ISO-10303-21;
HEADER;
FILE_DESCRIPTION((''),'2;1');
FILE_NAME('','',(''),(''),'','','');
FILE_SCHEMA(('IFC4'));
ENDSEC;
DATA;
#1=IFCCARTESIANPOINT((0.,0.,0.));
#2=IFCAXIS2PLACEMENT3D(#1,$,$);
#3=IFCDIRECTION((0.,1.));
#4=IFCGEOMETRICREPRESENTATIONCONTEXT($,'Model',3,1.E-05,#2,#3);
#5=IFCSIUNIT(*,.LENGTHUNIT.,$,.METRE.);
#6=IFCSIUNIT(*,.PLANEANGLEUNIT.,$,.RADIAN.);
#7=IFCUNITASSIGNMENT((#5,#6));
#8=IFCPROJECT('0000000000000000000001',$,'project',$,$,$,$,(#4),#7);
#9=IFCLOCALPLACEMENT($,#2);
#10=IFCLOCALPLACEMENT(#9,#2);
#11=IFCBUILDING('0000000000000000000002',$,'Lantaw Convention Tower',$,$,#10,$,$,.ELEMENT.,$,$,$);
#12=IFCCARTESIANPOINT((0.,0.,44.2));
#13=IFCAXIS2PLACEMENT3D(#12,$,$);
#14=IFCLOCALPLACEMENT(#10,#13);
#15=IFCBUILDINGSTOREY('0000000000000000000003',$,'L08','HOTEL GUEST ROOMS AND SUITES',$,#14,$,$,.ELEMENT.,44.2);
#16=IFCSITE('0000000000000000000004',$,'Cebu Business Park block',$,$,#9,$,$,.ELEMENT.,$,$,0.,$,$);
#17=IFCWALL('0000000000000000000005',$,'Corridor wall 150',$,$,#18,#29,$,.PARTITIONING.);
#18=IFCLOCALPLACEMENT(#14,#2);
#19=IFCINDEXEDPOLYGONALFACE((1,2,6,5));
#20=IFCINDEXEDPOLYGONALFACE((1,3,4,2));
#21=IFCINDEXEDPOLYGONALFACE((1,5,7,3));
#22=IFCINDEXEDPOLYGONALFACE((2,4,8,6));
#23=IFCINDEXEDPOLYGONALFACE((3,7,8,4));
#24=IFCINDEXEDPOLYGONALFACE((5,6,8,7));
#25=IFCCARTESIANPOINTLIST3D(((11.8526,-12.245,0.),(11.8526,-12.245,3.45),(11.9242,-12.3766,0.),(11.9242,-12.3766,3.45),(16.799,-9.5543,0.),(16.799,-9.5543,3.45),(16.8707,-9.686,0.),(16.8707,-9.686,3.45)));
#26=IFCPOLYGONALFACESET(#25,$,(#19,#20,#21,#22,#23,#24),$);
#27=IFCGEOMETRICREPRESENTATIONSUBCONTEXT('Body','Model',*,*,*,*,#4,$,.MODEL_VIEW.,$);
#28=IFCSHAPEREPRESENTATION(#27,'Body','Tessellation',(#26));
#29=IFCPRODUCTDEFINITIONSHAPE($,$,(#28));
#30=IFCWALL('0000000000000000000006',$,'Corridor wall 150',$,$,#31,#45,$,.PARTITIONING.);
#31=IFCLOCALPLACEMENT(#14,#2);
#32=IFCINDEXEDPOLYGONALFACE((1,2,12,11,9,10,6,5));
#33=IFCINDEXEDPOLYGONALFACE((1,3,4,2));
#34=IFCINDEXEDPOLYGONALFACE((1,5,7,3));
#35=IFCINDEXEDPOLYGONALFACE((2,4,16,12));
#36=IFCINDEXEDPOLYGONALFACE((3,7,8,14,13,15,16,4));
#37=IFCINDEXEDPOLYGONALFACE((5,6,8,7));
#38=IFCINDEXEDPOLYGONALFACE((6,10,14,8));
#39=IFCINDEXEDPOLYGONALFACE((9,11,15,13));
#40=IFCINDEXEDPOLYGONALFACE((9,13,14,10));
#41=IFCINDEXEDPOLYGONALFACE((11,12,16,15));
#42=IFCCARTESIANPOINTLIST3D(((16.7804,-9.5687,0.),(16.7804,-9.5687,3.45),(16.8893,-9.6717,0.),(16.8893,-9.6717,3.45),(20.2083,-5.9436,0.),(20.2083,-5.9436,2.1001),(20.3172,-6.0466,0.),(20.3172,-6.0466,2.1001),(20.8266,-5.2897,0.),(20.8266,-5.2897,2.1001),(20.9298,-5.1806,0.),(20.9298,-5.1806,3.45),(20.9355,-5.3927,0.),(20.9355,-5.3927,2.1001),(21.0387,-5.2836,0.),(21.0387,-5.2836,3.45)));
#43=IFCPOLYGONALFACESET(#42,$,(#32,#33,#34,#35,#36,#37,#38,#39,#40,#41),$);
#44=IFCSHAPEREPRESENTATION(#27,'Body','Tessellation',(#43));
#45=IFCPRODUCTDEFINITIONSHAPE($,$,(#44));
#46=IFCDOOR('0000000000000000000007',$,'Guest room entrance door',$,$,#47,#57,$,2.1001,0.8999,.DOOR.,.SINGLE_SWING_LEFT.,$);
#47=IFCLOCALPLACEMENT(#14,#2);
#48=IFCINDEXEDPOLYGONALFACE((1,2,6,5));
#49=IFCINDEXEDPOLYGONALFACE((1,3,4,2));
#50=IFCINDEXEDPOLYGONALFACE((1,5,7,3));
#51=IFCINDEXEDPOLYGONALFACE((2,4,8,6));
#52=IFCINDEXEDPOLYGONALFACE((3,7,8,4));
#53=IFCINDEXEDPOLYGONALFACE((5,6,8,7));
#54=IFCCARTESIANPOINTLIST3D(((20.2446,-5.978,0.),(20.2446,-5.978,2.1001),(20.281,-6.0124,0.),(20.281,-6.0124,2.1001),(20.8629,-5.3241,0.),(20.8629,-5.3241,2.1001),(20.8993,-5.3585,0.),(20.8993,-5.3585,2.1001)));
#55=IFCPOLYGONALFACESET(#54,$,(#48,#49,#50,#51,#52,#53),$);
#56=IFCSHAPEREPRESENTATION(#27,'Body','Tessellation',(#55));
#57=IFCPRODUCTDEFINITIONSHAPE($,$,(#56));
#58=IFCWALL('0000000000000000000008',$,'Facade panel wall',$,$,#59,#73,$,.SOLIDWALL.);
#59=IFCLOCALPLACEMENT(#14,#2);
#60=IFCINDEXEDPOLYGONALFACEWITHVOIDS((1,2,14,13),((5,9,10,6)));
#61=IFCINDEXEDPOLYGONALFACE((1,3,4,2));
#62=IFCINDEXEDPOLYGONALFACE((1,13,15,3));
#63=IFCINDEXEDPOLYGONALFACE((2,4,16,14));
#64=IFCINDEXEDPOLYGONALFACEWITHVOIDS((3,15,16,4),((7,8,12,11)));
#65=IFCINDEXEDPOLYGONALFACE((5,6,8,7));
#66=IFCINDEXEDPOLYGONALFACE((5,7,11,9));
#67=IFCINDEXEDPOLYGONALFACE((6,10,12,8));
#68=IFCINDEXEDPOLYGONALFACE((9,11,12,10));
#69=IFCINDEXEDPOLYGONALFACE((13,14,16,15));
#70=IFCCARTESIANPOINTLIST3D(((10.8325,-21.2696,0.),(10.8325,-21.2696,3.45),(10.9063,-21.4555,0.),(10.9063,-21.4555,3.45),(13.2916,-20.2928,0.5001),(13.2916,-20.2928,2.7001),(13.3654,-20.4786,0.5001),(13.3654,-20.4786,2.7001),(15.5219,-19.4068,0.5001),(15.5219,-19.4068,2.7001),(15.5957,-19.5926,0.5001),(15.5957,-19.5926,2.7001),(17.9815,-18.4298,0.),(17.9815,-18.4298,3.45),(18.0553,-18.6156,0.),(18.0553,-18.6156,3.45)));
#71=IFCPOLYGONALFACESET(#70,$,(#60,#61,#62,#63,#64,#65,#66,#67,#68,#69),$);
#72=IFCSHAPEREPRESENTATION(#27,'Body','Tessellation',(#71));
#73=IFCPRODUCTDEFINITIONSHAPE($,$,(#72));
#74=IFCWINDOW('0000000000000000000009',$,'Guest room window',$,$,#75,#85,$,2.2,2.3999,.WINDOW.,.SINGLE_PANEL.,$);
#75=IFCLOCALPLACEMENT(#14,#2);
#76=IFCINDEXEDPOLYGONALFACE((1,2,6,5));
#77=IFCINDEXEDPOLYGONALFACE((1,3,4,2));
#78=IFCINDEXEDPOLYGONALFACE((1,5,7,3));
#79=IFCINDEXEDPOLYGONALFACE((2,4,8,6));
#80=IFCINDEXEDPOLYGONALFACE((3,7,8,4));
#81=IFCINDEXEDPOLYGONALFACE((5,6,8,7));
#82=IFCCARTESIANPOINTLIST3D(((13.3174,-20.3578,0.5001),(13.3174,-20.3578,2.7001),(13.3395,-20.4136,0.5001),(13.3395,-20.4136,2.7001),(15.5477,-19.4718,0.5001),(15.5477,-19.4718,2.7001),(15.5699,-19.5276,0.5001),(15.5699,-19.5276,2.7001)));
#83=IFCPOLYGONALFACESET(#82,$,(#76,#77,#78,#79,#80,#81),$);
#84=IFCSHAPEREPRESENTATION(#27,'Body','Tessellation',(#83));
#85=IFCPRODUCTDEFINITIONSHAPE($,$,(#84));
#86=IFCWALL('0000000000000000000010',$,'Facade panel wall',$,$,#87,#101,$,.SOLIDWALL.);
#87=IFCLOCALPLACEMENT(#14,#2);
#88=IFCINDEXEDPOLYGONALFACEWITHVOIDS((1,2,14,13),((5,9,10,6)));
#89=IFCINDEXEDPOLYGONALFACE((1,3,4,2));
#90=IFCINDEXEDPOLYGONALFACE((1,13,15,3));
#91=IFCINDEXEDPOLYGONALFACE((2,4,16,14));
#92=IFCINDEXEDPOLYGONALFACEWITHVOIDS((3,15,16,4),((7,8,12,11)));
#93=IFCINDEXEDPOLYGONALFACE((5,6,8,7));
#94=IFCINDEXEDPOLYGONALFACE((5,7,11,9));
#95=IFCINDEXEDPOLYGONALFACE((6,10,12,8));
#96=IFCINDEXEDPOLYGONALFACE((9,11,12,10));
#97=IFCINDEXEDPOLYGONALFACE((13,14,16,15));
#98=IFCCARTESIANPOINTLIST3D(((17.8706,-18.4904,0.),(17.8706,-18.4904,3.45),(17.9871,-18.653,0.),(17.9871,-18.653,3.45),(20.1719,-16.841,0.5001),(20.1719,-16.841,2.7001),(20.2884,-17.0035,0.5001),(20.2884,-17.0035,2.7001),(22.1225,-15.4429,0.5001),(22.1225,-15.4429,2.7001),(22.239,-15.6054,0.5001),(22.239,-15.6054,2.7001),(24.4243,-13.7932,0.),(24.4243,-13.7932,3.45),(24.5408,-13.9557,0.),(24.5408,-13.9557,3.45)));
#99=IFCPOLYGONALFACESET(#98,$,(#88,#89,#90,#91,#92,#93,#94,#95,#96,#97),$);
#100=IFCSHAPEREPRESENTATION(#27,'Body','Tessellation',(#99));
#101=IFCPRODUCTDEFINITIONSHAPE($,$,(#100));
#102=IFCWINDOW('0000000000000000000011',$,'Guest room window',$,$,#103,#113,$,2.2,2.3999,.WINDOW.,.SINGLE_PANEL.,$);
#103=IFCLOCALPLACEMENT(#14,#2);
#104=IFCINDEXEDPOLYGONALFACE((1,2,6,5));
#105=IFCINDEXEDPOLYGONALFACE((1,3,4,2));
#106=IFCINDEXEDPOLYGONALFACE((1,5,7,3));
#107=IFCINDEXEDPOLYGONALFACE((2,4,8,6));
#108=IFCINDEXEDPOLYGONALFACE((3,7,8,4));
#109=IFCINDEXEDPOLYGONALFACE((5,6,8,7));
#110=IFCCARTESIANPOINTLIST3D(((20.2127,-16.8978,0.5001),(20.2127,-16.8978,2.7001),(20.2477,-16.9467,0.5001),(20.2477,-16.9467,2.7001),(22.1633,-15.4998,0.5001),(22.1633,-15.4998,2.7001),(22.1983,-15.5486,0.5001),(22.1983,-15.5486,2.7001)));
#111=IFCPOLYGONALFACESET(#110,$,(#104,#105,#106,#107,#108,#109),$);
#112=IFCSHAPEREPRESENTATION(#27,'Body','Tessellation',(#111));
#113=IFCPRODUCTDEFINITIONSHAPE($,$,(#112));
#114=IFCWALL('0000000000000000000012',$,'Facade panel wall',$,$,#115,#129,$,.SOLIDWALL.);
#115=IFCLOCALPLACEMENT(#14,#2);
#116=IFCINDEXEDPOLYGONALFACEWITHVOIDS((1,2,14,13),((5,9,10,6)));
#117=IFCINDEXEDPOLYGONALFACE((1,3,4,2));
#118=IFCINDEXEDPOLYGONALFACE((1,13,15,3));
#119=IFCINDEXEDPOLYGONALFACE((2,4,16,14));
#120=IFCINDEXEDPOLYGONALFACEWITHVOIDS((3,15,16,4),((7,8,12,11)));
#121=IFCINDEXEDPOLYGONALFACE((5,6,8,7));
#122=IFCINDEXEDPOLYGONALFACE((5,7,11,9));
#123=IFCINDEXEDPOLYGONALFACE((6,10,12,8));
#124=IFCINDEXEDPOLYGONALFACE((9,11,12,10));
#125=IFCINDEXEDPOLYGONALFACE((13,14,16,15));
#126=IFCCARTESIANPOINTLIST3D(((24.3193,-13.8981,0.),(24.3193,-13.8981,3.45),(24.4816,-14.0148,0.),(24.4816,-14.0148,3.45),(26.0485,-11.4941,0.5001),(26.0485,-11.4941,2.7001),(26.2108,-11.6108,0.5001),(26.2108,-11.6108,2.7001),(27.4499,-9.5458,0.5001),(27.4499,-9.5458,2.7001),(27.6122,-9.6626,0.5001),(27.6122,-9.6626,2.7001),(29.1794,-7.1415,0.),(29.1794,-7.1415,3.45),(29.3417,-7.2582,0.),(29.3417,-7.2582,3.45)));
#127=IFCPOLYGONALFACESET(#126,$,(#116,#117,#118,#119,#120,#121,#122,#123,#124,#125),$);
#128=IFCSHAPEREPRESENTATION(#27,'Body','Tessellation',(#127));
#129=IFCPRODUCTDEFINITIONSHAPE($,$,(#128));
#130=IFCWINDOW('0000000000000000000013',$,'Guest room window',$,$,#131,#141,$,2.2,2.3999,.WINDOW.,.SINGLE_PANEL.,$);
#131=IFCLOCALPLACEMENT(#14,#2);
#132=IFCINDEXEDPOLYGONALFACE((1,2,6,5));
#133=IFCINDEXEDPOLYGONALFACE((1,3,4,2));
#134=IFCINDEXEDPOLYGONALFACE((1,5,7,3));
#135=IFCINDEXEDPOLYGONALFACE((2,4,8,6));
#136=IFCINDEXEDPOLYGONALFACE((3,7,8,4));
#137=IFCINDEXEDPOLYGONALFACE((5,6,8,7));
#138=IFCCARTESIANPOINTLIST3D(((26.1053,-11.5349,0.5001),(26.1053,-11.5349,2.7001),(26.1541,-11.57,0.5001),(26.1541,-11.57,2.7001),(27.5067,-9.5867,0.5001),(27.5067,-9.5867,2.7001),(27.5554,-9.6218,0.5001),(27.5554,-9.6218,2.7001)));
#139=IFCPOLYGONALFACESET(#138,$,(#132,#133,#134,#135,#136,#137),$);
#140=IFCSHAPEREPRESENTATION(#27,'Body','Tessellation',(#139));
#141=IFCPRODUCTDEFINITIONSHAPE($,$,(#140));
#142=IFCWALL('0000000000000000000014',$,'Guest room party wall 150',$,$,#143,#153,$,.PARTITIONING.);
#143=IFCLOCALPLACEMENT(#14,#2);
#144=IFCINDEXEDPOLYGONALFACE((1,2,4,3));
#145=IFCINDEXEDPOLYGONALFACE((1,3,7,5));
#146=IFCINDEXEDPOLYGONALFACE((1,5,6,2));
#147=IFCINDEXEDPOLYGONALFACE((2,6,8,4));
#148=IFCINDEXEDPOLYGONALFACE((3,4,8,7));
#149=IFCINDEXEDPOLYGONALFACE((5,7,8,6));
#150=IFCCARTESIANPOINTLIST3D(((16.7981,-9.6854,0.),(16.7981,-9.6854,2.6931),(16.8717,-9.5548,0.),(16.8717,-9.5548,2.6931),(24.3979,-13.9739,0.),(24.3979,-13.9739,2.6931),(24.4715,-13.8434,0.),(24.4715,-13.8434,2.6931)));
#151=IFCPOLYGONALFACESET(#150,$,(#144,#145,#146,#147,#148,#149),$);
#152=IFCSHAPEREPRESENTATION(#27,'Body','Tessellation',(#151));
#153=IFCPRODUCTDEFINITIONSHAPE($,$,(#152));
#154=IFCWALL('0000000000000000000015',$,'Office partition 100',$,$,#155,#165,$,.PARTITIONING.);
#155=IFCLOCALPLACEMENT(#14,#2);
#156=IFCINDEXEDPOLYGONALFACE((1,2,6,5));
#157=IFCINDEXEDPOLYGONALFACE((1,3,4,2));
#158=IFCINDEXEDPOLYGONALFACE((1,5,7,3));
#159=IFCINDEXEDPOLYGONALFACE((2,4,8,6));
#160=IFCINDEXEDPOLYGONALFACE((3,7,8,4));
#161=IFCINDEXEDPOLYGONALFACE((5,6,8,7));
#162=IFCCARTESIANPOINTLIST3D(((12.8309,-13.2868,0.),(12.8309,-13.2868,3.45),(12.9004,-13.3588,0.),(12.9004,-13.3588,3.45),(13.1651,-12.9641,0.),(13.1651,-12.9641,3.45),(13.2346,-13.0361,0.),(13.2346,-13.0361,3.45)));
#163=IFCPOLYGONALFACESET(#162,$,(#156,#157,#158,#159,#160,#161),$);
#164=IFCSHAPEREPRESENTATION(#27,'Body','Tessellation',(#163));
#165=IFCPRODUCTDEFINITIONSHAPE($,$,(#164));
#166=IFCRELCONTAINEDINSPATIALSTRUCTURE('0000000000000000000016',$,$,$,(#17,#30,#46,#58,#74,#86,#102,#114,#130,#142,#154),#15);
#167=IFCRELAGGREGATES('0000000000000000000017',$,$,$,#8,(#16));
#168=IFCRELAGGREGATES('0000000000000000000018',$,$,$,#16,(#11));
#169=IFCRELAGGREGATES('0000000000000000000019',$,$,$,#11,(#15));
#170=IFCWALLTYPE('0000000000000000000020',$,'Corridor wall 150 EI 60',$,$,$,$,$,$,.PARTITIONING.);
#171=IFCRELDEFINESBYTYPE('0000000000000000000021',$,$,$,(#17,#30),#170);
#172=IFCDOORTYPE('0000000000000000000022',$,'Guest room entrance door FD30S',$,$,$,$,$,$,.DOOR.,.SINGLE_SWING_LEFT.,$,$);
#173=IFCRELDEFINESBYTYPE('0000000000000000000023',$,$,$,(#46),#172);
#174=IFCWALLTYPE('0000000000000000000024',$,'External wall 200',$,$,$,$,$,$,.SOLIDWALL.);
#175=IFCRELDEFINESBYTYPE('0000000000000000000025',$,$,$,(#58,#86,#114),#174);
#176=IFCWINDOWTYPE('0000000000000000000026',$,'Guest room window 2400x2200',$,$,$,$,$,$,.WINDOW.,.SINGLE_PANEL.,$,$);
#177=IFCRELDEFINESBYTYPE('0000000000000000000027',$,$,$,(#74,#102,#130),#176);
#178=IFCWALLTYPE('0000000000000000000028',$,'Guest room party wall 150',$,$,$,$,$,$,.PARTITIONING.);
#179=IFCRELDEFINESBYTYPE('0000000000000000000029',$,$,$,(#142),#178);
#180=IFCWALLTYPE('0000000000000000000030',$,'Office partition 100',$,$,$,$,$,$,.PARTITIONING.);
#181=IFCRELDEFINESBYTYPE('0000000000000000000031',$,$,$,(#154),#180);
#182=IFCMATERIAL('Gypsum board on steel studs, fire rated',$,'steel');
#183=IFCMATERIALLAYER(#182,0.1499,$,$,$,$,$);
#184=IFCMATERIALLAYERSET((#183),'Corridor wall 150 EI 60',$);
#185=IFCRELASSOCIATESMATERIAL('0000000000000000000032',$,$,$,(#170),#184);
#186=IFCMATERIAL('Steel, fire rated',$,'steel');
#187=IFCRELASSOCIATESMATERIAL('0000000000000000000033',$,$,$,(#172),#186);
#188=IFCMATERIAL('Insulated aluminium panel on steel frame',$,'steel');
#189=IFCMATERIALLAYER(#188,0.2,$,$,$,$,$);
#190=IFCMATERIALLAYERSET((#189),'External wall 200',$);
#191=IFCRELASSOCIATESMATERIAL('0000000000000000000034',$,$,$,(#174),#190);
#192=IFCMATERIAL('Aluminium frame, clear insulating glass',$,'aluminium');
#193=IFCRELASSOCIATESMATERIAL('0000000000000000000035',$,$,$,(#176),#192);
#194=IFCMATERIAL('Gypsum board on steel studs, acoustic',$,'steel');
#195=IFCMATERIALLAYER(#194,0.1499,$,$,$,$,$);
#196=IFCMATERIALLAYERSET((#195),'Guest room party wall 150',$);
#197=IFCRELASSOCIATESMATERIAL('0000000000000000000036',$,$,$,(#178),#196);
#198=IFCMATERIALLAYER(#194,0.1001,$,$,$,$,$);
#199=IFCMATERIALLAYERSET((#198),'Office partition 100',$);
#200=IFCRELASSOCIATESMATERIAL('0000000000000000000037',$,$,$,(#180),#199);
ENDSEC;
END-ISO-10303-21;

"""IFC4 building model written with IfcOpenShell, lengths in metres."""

from ifc_helpers import new_model, si_unit, direction, frame, frame_2d, origin, place, context, subcontext, project, spatial, rectangle, extrude, material, layer, layer_set, type_object, element, fill, save


model = new_model("IFC4")

# Units and contexts
model_context = context("Model", 3, precision=1e-05, world=origin(), true_north=direction((0.0, 1.0)))
body_context = subcontext(model_context, "Body", "Model", "MODEL_VIEW")
ifc_project = project(units=[si_unit("LENGTHUNIT", "METRE"), si_unit("PLANEANGLEUNIT", "RADIAN")], contexts=[model_context])

# Site, building, storey
site_placement = place(None, origin())
site = spatial("IfcSite", under=ifc_project, at=site_placement, Name="Cebu Business Park block", CompositionType="ELEMENT", RefElevation=0.0)
building_placement = place(site_placement, origin())
building = spatial("IfcBuilding", under=site, at=building_placement, Name="Lantaw Convention Tower", CompositionType="ELEMENT")
storey_placement = place(building_placement, frame((0.0, 0.0, 44.2)))
storey = spatial("IfcBuildingStorey", under=building, at=storey_placement, Name="L08", Description="HOTEL GUEST ROOMS AND SUITES", CompositionType="ELEMENT", Elevation=44.2)

# Shared definitions
ifc_material_1 = material(Name="Steel, fire rated", Category="steel")

# Wall
ifc_material_2 = material(Name="Gypsum board on steel studs, fire rated", Category="steel")
ifc_layer_1 = layer(ifc_material_2, 0.1499)
ifc_layer_set_1 = layer_set([ifc_layer_1], Name="Corridor wall 150 EI 60")
wall_type_1 = type_object("IfcWallType", Name="Corridor wall 150 EI 60", PredefinedType="PARTITIONING", material=ifc_layer_set_1)
wall_1_placement = place(storey_placement, frame((11.8884, -12.3108, 0.0), z_axis=(0.0, 0.0, 1.0), x_axis=(0.87845, 0.477834, 0.0)))
element("IfcWall", 1, at=wall_1_placement, inside=storey, type_object=wall_type_1, Name="Corridor wall 150", PredefinedType="PARTITIONING", context=body_context, shape_type="SweptSolid", body=[
    extrude(rectangle(XDim=5.6309, YDim=0.1499, at=frame_2d((2.8154, 0.0))), origin(), (0.0, 0.0, 1.0), 3.45),
])

# Wall, opening, door
wall_2_placement = place(storey_placement, frame((16.835, -9.6201, 0.0), z_axis=(0.0, 0.0, 1.0), x_axis=(0.687063, 0.726598, 0.0)))
wall_2 = element("IfcWall", 2, at=wall_2_placement, inside=storey, type_object=wall_type_1, Name="Corridor wall 150", PredefinedType="PARTITIONING", context=body_context, shape_type="SweptSolid", body=[
    extrude(rectangle(XDim=6.0393, YDim=0.1499, at=frame_2d((3.0195, 0.0))), origin(), (0.0, 0.0, 1.0), 3.45),
])
opening_1_placement = place(wall_2_placement, frame((4.989, 0.0, 0.0)))
opening_1 = element("IfcOpeningElement", 3, at=opening_1_placement, cuts=wall_2, PredefinedType="OPENING", context=body_context, shape_type="SweptSolid", body=[
    extrude(rectangle(XDim=0.8999, YDim=2.1001, at=frame_2d((0.45, 1.05))), frame((0.0, 0.085, 0.0), z_axis=(0.0, -1.0, 0.0), x_axis=(1.0, 0.0, 0.0)), (0.0, 0.0, 1.0), 0.1699),
])
door_type_1 = type_object("IfcDoorType", Name="Guest room entrance door FD30S", OperationType="SINGLE_SWING_LEFT", PredefinedType="DOOR", material=ifc_material_1)
door_1_placement = place(opening_1_placement, origin())
door_1 = element("IfcDoor", 4, at=door_1_placement, inside=storey, type_object=door_type_1, Name="Guest room entrance door", OperationType="SINGLE_SWING_LEFT", OverallHeight=2.1001, OverallWidth=0.8999, PredefinedType="DOOR", context=body_context, shape_type="SweptSolid", body=[
    extrude(rectangle(XDim=0.8999, YDim=2.1001, at=frame_2d((0.45, 1.05))), frame((0.0, 0.0249, 0.0), z_axis=(0.0, -1.0, 0.0), x_axis=(1.0, 0.0, 0.0)), (0.0, 0.0, 1.0), 0.05),
])
fill(opening_1, door_1)

# Walls, openings, windows
ifc_material_3 = material(Name="Insulated aluminium panel on steel frame", Category="steel")
ifc_layer_2 = layer(ifc_material_3, 0.2)
ifc_layer_set_2 = layer_set([ifc_layer_2], Name="External wall 200")
wall_type_2 = type_object("IfcWallType", Name="External wall 200", PredefinedType="SOLIDWALL", material=ifc_layer_set_2)
wall_3_placement = place(storey_placement, frame((10.8694, -21.3625, 0.0), z_axis=(0.0, 0.0, 1.0), x_axis=(0.929358, 0.369179, 0.0)))
wall_3 = element("IfcWall", 5, at=wall_3_placement, inside=storey, type_object=wall_type_2, Name="Facade panel wall", PredefinedType="SOLIDWALL", context=body_context, shape_type="SweptSolid", body=[
    extrude(rectangle(XDim=7.6924, YDim=0.2, at=frame_2d((3.8462, 0.0))), origin(), (0.0, 0.0, 1.0), 3.45),
])
opening_2_placement = place(wall_3_placement, frame((2.646, 0.0, 0.5)))
opening_2 = element("IfcOpeningElement", 6, at=opening_2_placement, cuts=wall_3, PredefinedType="OPENING", context=body_context, shape_type="SweptSolid", body=[
    extrude(rectangle(XDim=2.3999, YDim=2.2, at=frame_2d((1.2, 1.1001))), frame((0.0, 0.1099, 0.0), z_axis=(0.0, -1.0, 0.0), x_axis=(1.0, 0.0, 0.0)), (0.0, 0.0, 1.0), 0.22),
])
ifc_material_4 = material(Name="Aluminium frame, clear insulating glass", Category="aluminium")
window_type = type_object("IfcWindowType", Name="Guest room window 2400x2200", PartitioningType="SINGLE_PANEL", PredefinedType="WINDOW", material=ifc_material_4)
window_1_placement = place(opening_2_placement, origin())
window_1 = element("IfcWindow", 7, at=window_1_placement, inside=storey, type_object=window_type, Name="Guest room window", OverallHeight=2.2, OverallWidth=2.3999, PartitioningType="SINGLE_PANEL", PredefinedType="WINDOW", context=body_context, shape_type="SweptSolid", body=[
    extrude(rectangle(XDim=2.3999, YDim=2.2, at=frame_2d((1.2, 1.1001))), frame((0.0, 0.03, 0.0), z_axis=(0.0, -1.0, 0.0), x_axis=(1.0, 0.0, 0.0)), (0.0, 0.0, 1.0), 0.0601),
])
fill(opening_2, window_1)
wall_4_placement = place(storey_placement, frame((17.9287, -18.5718, 0.0), z_axis=(0.0, 0.0, 1.0), x_axis=(0.812791, 0.582555, 0.0)))
wall_4 = element("IfcWall", 8, at=wall_4_placement, inside=storey, type_object=wall_type_2, Name="Facade panel wall", PredefinedType="SOLIDWALL", context=body_context, shape_type="SweptSolid", body=[
    extrude(rectangle(XDim=8.0632, YDim=0.2, at=frame_2d((4.0317, 0.0))), origin(), (0.0, 0.0, 1.0), 3.45),
])
opening_3_placement = place(wall_4_placement, frame((2.8315, 0.0, 0.5)))
opening_3 = element("IfcOpeningElement", 9, at=opening_3_placement, cuts=wall_4, PredefinedType="OPENING", context=body_context, shape_type="SweptSolid", body=[
    extrude(rectangle(XDim=2.3999, YDim=2.2, at=frame_2d((1.2, 1.1001))), frame((0.0, 0.1099, 0.0), z_axis=(0.0, -1.0, 0.0), x_axis=(1.0, 0.0, 0.0)), (0.0, 0.0, 1.0), 0.22),
])
window_2_placement = place(opening_3_placement, origin())
window_2 = element("IfcWindow", 10, at=window_2_placement, inside=storey, type_object=window_type, Name="Guest room window", OverallHeight=2.2, OverallWidth=2.3999, PartitioningType="SINGLE_PANEL", PredefinedType="WINDOW", context=body_context, shape_type="SweptSolid", body=[
    extrude(rectangle(XDim=2.3999, YDim=2.2, at=frame_2d((1.2, 1.1001))), frame((0.0, 0.03, 0.0), z_axis=(0.0, -1.0, 0.0), x_axis=(1.0, 0.0, 0.0)), (0.0, 0.0, 1.0), 0.0601),
])
fill(opening_3, window_2)
wall_5_placement = place(storey_placement, frame((24.4004, -13.9565, 0.0), z_axis=(0.0, 0.0, 1.0), x_axis=(0.583938, 0.811799, 0.0)))
wall_5 = element("IfcWall", 11, at=wall_5_placement, inside=storey, type_object=wall_type_2, Name="Facade panel wall", PredefinedType="SOLIDWALL", context=body_context, shape_type="SweptSolid", body=[
    extrude(rectangle(XDim=8.323, YDim=0.2, at=frame_2d((4.1616, 0.0))), origin(), (0.0, 0.0, 1.0), 3.45),
])
opening_4_placement = place(wall_5_placement, frame((2.9614, 0.0, 0.5)))
opening_4 = element("IfcOpeningElement", 12, at=opening_4_placement, cuts=wall_5, PredefinedType="OPENING", context=body_context, shape_type="SweptSolid", body=[
    extrude(rectangle(XDim=2.3999, YDim=2.2, at=frame_2d((1.2, 1.1001))), frame((0.0, 0.1099, 0.0), z_axis=(0.0, -1.0, 0.0), x_axis=(1.0, 0.0, 0.0)), (0.0, 0.0, 1.0), 0.22),
])
window_3_placement = place(opening_4_placement, origin())
window_3 = element("IfcWindow", 13, at=window_3_placement, inside=storey, type_object=window_type, Name="Guest room window", OverallHeight=2.2, OverallWidth=2.3999, PartitioningType="SINGLE_PANEL", PredefinedType="WINDOW", context=body_context, shape_type="SweptSolid", body=[
    extrude(rectangle(XDim=2.3999, YDim=2.2, at=frame_2d((1.2, 1.1001))), frame((0.0, 0.03, 0.0), z_axis=(0.0, -1.0, 0.0), x_axis=(1.0, 0.0, 0.0)), (0.0, 0.0, 1.0), 0.0601),
])
fill(opening_4, window_3)

# Walls
ifc_material_5 = material(Name="Gypsum board on steel studs, acoustic", Category="steel")
ifc_layer_3 = layer(ifc_material_5, 0.1499)
ifc_layer_set_3 = layer_set([ifc_layer_3], Name="Guest room party wall 150")
wall_type_3 = type_object("IfcWallType", Name="Guest room party wall 150", PredefinedType="PARTITIONING", material=ifc_layer_set_3)
wall_6_placement = place(storey_placement, frame((24.4348, -13.9087, 0.0), z_axis=(0.0, 0.0, 1.0), x_axis=(-0.870906, 0.49145, 0.0)))
element("IfcWall", 14, at=wall_6_placement, inside=storey, type_object=wall_type_3, Name="Guest room party wall 150", PredefinedType="PARTITIONING", context=body_context, shape_type="SweptSolid", body=[
    extrude(rectangle(XDim=8.7263, YDim=0.1499, at=frame_2d((4.3633, 0.0))), origin(), (0.0, 0.0, 1.0), 2.6931),
])
ifc_layer_4 = layer(ifc_material_5, 0.1001)
ifc_layer_set_4 = layer_set([ifc_layer_4], Name="Office partition 100")
wall_type_4 = type_object("IfcWallType", Name="Office partition 100", PredefinedType="PARTITIONING", material=ifc_layer_set_4)
wall_7_placement = place(storey_placement, frame((13.2, -13.0, 0.0), z_axis=(0.0, 0.0, 1.0), x_axis=(-0.719347, -0.694651, 0.0)))
element("IfcWall", 15, at=wall_7_placement, inside=storey, type_object=wall_type_4, Name="Office partition 100", PredefinedType="PARTITIONING", context=body_context, shape_type="SweptSolid", body=[
    extrude(rectangle(XDim=0.4646, YDim=0.1001, at=frame_2d((0.2324, 0.0))), origin(), (0.0, 0.0, 1.0), 3.45),
])

save(model, "model.ifc")
